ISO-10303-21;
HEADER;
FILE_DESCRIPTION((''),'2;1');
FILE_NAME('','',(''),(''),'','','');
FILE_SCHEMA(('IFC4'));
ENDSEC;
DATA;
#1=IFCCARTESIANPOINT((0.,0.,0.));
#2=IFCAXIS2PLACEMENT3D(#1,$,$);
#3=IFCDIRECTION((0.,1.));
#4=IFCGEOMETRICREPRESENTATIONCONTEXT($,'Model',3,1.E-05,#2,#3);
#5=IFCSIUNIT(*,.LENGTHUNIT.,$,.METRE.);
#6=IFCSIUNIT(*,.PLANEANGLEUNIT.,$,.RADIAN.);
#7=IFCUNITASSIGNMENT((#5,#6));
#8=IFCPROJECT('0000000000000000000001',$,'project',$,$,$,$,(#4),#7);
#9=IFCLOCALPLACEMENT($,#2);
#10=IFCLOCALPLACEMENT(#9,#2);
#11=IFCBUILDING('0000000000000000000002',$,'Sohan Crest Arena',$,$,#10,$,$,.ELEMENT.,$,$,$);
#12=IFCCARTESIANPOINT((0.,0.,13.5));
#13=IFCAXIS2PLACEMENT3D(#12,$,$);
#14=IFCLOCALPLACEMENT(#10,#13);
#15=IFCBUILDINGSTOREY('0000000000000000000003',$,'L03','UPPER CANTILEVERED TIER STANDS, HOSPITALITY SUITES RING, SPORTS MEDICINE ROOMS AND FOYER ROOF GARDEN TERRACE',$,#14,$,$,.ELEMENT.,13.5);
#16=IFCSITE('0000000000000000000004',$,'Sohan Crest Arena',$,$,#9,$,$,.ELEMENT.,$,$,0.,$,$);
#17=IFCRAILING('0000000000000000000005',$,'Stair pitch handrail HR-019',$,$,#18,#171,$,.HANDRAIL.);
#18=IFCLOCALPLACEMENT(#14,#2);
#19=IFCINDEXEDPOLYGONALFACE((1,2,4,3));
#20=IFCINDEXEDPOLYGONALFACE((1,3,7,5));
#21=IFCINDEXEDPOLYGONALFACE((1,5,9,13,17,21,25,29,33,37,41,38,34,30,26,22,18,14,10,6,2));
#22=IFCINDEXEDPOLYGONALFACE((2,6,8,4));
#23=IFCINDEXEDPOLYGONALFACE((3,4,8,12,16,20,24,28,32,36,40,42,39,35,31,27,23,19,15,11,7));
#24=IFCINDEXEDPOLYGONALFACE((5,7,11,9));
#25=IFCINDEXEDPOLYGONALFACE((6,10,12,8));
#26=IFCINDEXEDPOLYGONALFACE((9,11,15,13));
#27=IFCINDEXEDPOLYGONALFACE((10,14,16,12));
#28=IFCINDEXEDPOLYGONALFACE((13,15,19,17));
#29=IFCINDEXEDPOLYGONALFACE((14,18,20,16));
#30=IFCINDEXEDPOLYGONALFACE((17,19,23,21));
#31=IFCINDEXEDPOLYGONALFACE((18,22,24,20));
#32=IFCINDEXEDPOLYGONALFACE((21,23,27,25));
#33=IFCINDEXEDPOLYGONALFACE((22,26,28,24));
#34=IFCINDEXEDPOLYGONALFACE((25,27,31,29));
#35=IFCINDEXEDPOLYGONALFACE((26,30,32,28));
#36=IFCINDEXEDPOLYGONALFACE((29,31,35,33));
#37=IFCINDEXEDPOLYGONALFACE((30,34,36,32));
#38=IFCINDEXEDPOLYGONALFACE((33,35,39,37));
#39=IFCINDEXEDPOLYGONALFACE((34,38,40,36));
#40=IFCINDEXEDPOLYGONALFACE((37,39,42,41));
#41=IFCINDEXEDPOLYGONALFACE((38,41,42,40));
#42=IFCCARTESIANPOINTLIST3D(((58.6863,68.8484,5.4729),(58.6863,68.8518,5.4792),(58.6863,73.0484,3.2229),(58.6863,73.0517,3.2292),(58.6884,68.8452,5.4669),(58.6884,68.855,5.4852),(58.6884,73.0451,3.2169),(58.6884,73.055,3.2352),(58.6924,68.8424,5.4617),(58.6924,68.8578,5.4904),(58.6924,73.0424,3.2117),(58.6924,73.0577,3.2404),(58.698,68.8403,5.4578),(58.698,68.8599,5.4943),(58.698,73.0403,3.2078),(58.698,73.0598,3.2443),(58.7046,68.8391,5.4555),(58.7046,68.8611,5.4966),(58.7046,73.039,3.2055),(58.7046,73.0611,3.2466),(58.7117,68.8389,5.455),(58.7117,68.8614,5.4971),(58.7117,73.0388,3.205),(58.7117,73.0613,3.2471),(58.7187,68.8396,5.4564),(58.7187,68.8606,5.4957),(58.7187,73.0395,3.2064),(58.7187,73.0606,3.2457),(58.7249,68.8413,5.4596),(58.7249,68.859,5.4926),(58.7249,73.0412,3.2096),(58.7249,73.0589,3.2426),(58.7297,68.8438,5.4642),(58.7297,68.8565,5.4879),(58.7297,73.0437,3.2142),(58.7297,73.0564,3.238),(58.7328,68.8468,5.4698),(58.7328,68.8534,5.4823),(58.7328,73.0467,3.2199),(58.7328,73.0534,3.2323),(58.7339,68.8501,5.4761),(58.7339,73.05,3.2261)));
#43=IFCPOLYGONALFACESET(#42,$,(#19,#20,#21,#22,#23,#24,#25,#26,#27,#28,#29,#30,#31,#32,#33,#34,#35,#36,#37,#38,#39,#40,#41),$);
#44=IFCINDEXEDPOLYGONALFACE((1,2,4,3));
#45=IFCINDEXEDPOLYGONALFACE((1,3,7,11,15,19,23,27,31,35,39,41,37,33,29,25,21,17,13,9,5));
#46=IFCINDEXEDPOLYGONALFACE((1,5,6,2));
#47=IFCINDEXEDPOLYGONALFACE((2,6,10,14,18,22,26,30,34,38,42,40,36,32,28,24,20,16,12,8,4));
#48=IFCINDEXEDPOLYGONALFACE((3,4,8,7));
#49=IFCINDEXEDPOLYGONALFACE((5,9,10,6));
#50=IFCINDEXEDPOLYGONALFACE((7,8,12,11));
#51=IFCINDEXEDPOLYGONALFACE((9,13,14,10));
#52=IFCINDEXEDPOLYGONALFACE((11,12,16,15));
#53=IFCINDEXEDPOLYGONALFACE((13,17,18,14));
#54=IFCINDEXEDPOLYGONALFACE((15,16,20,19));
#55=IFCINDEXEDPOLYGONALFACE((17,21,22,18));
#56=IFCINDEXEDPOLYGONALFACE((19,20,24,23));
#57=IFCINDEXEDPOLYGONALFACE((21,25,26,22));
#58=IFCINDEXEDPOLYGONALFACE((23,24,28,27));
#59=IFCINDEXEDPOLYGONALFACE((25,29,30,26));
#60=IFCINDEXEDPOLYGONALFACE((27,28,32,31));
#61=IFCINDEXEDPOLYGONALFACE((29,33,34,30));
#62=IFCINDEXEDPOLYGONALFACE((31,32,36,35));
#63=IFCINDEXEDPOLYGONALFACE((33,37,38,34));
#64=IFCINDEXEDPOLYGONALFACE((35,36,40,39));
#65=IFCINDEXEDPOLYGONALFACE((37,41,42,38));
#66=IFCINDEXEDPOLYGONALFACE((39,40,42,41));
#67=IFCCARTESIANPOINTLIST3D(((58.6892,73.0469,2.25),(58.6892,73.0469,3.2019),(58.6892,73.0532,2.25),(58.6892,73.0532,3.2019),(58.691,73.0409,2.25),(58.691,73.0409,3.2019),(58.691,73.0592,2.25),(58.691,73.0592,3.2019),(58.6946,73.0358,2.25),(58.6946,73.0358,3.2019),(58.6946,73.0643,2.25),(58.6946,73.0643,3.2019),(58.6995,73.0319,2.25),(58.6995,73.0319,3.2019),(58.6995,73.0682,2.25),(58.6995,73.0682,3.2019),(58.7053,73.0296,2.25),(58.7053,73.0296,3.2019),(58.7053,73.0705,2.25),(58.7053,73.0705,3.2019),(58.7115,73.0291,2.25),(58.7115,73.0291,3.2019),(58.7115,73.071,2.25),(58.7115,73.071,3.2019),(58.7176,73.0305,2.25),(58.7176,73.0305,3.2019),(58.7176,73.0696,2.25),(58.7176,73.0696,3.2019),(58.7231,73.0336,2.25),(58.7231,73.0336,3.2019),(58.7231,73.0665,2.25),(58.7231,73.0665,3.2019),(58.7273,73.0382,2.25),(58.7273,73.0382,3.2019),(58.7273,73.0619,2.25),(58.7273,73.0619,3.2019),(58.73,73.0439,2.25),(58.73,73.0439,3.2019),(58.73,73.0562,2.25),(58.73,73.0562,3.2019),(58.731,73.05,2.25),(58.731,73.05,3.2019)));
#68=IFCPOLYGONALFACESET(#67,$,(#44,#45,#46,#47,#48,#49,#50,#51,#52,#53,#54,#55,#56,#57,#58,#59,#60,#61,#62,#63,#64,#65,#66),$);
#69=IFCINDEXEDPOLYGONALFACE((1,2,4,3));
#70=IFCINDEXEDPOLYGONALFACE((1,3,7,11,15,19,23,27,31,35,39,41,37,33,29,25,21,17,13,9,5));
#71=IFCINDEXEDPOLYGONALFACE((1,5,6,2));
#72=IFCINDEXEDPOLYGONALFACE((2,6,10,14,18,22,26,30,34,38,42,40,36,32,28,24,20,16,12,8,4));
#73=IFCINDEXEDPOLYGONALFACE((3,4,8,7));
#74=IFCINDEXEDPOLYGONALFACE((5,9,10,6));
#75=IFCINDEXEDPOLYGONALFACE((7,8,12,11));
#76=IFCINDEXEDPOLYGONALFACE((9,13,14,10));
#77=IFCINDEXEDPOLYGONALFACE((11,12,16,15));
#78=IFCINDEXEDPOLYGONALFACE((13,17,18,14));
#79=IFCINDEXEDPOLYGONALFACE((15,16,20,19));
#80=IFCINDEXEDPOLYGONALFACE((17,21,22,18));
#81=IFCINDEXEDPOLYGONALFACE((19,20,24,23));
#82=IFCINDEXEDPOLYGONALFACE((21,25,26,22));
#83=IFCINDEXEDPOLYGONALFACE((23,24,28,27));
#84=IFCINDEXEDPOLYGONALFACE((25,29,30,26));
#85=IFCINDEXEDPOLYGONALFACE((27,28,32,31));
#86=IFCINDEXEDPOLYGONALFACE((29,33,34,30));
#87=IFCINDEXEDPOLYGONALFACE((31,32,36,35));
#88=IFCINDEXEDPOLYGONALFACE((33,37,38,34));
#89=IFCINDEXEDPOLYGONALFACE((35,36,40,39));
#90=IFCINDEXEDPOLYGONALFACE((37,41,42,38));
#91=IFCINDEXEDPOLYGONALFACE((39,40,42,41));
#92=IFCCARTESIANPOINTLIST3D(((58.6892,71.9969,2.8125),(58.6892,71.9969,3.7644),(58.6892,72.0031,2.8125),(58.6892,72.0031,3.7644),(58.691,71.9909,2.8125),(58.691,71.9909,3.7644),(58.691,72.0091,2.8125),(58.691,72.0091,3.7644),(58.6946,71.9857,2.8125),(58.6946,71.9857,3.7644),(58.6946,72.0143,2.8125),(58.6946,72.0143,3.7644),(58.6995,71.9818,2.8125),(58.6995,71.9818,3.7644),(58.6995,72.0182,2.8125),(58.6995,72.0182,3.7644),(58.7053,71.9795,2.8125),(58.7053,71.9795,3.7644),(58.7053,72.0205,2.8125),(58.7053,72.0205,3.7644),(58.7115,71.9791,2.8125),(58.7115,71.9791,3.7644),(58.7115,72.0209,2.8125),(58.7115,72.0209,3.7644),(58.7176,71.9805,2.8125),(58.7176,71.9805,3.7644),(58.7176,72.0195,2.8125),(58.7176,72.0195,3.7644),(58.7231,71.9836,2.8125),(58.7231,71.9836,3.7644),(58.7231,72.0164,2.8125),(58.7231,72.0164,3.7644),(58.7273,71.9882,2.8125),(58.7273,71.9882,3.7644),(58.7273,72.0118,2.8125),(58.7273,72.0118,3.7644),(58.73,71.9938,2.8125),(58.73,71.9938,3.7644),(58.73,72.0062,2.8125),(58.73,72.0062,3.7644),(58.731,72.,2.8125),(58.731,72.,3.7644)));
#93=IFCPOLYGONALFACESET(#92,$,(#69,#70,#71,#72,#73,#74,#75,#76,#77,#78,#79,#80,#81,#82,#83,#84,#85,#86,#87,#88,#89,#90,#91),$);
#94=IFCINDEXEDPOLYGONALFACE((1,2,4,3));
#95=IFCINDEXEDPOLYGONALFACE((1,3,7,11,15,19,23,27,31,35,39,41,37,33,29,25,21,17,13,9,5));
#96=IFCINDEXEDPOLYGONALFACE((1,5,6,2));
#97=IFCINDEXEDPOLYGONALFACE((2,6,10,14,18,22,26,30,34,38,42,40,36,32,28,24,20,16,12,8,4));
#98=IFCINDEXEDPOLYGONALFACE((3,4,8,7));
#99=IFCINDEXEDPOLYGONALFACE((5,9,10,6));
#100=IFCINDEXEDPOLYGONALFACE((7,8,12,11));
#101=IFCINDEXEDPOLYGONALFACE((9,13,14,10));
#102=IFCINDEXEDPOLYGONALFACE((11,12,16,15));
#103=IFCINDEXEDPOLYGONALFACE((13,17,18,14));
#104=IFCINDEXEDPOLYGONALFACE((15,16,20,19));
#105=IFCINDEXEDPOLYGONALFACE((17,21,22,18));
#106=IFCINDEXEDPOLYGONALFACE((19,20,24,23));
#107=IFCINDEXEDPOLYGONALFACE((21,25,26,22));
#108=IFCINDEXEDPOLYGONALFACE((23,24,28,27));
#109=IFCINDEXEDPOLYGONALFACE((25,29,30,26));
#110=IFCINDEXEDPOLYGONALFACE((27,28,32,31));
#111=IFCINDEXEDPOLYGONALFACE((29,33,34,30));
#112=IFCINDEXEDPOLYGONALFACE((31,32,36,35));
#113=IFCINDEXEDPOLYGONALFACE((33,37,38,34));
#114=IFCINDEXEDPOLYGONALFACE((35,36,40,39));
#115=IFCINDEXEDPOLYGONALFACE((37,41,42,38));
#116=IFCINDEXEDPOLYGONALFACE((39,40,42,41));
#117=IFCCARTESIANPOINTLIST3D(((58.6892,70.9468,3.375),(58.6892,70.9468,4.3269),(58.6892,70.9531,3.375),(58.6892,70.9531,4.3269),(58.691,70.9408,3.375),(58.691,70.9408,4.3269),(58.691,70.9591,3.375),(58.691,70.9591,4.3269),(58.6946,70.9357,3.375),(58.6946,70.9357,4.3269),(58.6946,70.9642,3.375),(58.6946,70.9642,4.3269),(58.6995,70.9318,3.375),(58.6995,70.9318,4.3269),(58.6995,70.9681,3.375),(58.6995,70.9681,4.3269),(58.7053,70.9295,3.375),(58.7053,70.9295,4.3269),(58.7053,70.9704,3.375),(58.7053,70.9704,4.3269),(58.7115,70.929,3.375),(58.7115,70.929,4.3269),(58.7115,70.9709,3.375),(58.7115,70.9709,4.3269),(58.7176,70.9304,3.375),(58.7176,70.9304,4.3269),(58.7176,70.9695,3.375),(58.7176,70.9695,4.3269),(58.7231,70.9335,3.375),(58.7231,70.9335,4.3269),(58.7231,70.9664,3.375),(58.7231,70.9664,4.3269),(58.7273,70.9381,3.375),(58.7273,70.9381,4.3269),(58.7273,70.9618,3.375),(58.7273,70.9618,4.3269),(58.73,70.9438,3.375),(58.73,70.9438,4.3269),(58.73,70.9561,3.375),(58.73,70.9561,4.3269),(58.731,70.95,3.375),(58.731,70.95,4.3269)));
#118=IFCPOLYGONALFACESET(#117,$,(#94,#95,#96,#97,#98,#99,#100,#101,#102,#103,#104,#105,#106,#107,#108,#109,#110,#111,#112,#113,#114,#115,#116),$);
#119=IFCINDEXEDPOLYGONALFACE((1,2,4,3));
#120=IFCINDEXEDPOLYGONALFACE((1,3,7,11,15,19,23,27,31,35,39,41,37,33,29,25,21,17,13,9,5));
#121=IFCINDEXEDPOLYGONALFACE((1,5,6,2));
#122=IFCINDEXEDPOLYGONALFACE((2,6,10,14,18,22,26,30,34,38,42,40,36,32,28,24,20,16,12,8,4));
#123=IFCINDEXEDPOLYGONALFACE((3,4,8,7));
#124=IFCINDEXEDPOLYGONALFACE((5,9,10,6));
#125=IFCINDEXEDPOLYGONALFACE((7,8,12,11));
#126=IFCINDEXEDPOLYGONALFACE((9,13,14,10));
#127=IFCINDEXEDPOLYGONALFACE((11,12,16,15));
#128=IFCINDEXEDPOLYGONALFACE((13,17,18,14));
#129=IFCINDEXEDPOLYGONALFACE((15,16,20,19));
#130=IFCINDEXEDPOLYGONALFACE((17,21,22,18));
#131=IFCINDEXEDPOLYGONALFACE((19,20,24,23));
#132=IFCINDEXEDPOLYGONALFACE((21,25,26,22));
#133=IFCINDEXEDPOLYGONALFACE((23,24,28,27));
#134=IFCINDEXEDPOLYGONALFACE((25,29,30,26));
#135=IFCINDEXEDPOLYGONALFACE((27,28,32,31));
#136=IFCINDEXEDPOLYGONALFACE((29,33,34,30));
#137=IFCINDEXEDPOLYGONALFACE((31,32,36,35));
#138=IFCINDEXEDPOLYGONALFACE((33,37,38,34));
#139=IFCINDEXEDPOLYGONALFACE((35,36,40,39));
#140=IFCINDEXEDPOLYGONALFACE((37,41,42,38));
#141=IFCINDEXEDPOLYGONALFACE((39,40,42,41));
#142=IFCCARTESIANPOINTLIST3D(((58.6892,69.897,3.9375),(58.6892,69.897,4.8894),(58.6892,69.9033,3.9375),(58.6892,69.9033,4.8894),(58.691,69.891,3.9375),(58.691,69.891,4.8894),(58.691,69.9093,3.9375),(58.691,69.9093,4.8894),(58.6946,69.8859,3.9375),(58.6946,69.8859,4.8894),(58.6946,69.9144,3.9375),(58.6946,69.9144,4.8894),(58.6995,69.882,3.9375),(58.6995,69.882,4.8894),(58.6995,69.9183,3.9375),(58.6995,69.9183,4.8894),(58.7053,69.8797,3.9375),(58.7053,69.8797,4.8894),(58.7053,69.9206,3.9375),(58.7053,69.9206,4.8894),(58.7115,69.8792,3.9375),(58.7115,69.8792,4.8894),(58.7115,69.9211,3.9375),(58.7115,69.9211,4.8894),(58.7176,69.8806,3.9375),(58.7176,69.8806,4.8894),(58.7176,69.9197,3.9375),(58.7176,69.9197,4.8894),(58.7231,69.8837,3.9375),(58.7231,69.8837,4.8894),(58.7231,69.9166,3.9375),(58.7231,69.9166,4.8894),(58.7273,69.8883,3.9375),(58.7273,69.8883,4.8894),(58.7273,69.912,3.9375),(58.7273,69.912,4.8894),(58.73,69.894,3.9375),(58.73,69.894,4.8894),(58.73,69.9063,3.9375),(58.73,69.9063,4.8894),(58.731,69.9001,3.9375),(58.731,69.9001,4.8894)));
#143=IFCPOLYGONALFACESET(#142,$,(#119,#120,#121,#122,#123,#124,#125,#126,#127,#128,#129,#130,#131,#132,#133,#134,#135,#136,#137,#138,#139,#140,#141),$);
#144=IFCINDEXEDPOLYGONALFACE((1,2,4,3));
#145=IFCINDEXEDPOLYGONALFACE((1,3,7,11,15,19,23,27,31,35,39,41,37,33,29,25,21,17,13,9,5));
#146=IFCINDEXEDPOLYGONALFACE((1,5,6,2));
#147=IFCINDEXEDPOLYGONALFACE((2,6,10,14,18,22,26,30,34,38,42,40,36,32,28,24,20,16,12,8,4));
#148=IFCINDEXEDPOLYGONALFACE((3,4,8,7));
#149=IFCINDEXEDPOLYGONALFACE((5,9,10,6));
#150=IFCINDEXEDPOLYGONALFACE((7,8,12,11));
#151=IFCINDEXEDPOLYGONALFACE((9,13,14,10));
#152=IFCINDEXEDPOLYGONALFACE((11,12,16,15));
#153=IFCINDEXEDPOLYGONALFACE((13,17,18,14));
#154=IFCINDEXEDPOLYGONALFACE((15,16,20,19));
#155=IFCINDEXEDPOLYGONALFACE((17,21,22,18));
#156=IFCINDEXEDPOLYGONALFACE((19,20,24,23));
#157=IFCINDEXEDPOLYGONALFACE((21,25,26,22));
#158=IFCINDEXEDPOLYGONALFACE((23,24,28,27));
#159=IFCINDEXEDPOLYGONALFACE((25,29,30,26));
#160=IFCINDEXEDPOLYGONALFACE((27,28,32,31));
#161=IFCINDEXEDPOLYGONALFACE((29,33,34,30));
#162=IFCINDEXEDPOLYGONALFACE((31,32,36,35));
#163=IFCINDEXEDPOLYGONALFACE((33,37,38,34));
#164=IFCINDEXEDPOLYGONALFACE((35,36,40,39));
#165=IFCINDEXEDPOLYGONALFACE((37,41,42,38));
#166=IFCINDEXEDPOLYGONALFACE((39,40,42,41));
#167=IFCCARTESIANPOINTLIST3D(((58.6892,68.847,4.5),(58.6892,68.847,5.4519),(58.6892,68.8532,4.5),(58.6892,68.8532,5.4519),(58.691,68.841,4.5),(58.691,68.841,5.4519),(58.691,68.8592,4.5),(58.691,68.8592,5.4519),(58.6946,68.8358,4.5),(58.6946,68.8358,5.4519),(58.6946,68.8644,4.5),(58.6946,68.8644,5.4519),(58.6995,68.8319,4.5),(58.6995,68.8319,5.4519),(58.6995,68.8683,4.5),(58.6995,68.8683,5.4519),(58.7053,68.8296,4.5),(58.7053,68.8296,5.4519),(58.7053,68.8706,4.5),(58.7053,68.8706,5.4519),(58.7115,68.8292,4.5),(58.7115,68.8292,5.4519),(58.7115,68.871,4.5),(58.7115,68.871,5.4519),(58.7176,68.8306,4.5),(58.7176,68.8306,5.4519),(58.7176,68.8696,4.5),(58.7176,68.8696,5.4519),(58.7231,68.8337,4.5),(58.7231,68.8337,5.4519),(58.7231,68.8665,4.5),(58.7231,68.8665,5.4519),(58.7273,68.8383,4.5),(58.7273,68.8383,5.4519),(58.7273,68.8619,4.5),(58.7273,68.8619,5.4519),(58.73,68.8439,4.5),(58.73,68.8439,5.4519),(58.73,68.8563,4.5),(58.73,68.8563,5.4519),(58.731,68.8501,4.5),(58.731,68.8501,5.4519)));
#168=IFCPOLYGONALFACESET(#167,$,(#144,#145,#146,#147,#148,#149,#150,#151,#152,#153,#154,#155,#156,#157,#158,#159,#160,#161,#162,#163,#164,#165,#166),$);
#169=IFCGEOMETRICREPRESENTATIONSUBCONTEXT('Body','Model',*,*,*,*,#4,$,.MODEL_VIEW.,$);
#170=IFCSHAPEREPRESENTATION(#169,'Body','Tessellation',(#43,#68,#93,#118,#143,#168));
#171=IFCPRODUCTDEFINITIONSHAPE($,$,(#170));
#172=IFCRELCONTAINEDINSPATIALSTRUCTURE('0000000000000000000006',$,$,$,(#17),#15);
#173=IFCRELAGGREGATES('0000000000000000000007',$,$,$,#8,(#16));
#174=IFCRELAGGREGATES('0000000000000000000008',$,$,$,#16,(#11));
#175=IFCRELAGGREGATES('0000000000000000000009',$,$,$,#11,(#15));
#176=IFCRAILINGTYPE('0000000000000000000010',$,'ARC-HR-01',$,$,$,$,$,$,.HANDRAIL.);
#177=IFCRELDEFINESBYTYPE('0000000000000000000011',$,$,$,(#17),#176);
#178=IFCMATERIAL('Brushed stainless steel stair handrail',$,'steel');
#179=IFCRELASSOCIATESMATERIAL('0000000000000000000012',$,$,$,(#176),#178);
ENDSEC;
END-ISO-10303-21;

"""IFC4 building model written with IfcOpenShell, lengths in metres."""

from ifc_helpers import new_model, si_unit, direction, frame, origin, origin_2d, place, context, subcontext, project, spatial, circle, extrude, material, type_object, element, save


model = new_model("IFC4")

# Units and contexts
model_context = context("Model", 3, precision=1e-05, world=origin(), true_north=direction((0.0, 1.0)))
body_context = subcontext(model_context, "Body", "Model", "MODEL_VIEW")
ifc_project = project(units=[si_unit("LENGTHUNIT", "METRE"), si_unit("PLANEANGLEUNIT", "RADIAN")], contexts=[model_context])

# Site, building, storey
site_placement = place(None, origin())
site = spatial("IfcSite", under=ifc_project, at=site_placement, Name="Sohan Crest Arena", CompositionType="ELEMENT", RefElevation=0.0)
building_placement = place(site_placement, origin())
building = spatial("IfcBuilding", under=site, at=building_placement, Name="Sohan Crest Arena", CompositionType="ELEMENT")
storey_placement = place(building_placement, frame((0.0, 0.0, 13.5)))
storey = spatial("IfcBuildingStorey", under=building, at=storey_placement, Name="L03", Description="UPPER CANTILEVERED TIER STANDS, HOSPITALITY SUITES RING, SPORTS MEDICINE ROOMS AND FOYER ROOF GARDEN TERRACE", CompositionType="ELEMENT", Elevation=13.5)

# Railing
ifc_material_1 = material(Name="Brushed stainless steel stair handrail", Category="steel")
railing_type_1 = type_object("IfcRailingType", Name="ARC-HR-01", PredefinedType="HANDRAIL", material=ifc_material_1)
for number, where, name in (
    (1, (58.71, 73.05, 2.25), "Stair pitch handrail HR-019"),
):
    element("IfcRailing", number, at=place(storey_placement, frame(where)), inside=storey, type_object=railing_type_1, Name=name, PredefinedType="HANDRAIL", context=body_context, shape_type="SweptSolid", body=[
        extrude(circle(Radius=0.0239, at=origin_2d()), frame((0.0, 0.0, 0.9761), z_axis=(0.0, -0.881478, 0.472226), x_axis=(1.0, 0.0, 0.0)), (0.0, 0.0, 1.0), 4.7646),
        extrude(circle(Radius=0.021, at=origin_2d()), origin(), (0.0, 0.0, 1.0), 0.9519),
        extrude(circle(Radius=0.021, at=origin_2d()), frame((0.0, -1.05, 0.5625)), (0.0, 0.0, 1.0), 0.9519),
        extrude(circle(Radius=0.021, at=origin_2d()), frame((0.0, -2.1001, 1.125)), (0.0, 0.0, 1.0), 0.9519),
        extrude(circle(Radius=0.021, at=origin_2d()), frame((0.0, -3.1499, 1.6875)), (0.0, 0.0, 1.0), 0.9519),
        extrude(circle(Radius=0.021, at=origin_2d()), frame((0.0, -4.2, 2.25)), (0.0, 0.0, 1.0), 0.9519),
    ])

save(model, "model.ifc")
